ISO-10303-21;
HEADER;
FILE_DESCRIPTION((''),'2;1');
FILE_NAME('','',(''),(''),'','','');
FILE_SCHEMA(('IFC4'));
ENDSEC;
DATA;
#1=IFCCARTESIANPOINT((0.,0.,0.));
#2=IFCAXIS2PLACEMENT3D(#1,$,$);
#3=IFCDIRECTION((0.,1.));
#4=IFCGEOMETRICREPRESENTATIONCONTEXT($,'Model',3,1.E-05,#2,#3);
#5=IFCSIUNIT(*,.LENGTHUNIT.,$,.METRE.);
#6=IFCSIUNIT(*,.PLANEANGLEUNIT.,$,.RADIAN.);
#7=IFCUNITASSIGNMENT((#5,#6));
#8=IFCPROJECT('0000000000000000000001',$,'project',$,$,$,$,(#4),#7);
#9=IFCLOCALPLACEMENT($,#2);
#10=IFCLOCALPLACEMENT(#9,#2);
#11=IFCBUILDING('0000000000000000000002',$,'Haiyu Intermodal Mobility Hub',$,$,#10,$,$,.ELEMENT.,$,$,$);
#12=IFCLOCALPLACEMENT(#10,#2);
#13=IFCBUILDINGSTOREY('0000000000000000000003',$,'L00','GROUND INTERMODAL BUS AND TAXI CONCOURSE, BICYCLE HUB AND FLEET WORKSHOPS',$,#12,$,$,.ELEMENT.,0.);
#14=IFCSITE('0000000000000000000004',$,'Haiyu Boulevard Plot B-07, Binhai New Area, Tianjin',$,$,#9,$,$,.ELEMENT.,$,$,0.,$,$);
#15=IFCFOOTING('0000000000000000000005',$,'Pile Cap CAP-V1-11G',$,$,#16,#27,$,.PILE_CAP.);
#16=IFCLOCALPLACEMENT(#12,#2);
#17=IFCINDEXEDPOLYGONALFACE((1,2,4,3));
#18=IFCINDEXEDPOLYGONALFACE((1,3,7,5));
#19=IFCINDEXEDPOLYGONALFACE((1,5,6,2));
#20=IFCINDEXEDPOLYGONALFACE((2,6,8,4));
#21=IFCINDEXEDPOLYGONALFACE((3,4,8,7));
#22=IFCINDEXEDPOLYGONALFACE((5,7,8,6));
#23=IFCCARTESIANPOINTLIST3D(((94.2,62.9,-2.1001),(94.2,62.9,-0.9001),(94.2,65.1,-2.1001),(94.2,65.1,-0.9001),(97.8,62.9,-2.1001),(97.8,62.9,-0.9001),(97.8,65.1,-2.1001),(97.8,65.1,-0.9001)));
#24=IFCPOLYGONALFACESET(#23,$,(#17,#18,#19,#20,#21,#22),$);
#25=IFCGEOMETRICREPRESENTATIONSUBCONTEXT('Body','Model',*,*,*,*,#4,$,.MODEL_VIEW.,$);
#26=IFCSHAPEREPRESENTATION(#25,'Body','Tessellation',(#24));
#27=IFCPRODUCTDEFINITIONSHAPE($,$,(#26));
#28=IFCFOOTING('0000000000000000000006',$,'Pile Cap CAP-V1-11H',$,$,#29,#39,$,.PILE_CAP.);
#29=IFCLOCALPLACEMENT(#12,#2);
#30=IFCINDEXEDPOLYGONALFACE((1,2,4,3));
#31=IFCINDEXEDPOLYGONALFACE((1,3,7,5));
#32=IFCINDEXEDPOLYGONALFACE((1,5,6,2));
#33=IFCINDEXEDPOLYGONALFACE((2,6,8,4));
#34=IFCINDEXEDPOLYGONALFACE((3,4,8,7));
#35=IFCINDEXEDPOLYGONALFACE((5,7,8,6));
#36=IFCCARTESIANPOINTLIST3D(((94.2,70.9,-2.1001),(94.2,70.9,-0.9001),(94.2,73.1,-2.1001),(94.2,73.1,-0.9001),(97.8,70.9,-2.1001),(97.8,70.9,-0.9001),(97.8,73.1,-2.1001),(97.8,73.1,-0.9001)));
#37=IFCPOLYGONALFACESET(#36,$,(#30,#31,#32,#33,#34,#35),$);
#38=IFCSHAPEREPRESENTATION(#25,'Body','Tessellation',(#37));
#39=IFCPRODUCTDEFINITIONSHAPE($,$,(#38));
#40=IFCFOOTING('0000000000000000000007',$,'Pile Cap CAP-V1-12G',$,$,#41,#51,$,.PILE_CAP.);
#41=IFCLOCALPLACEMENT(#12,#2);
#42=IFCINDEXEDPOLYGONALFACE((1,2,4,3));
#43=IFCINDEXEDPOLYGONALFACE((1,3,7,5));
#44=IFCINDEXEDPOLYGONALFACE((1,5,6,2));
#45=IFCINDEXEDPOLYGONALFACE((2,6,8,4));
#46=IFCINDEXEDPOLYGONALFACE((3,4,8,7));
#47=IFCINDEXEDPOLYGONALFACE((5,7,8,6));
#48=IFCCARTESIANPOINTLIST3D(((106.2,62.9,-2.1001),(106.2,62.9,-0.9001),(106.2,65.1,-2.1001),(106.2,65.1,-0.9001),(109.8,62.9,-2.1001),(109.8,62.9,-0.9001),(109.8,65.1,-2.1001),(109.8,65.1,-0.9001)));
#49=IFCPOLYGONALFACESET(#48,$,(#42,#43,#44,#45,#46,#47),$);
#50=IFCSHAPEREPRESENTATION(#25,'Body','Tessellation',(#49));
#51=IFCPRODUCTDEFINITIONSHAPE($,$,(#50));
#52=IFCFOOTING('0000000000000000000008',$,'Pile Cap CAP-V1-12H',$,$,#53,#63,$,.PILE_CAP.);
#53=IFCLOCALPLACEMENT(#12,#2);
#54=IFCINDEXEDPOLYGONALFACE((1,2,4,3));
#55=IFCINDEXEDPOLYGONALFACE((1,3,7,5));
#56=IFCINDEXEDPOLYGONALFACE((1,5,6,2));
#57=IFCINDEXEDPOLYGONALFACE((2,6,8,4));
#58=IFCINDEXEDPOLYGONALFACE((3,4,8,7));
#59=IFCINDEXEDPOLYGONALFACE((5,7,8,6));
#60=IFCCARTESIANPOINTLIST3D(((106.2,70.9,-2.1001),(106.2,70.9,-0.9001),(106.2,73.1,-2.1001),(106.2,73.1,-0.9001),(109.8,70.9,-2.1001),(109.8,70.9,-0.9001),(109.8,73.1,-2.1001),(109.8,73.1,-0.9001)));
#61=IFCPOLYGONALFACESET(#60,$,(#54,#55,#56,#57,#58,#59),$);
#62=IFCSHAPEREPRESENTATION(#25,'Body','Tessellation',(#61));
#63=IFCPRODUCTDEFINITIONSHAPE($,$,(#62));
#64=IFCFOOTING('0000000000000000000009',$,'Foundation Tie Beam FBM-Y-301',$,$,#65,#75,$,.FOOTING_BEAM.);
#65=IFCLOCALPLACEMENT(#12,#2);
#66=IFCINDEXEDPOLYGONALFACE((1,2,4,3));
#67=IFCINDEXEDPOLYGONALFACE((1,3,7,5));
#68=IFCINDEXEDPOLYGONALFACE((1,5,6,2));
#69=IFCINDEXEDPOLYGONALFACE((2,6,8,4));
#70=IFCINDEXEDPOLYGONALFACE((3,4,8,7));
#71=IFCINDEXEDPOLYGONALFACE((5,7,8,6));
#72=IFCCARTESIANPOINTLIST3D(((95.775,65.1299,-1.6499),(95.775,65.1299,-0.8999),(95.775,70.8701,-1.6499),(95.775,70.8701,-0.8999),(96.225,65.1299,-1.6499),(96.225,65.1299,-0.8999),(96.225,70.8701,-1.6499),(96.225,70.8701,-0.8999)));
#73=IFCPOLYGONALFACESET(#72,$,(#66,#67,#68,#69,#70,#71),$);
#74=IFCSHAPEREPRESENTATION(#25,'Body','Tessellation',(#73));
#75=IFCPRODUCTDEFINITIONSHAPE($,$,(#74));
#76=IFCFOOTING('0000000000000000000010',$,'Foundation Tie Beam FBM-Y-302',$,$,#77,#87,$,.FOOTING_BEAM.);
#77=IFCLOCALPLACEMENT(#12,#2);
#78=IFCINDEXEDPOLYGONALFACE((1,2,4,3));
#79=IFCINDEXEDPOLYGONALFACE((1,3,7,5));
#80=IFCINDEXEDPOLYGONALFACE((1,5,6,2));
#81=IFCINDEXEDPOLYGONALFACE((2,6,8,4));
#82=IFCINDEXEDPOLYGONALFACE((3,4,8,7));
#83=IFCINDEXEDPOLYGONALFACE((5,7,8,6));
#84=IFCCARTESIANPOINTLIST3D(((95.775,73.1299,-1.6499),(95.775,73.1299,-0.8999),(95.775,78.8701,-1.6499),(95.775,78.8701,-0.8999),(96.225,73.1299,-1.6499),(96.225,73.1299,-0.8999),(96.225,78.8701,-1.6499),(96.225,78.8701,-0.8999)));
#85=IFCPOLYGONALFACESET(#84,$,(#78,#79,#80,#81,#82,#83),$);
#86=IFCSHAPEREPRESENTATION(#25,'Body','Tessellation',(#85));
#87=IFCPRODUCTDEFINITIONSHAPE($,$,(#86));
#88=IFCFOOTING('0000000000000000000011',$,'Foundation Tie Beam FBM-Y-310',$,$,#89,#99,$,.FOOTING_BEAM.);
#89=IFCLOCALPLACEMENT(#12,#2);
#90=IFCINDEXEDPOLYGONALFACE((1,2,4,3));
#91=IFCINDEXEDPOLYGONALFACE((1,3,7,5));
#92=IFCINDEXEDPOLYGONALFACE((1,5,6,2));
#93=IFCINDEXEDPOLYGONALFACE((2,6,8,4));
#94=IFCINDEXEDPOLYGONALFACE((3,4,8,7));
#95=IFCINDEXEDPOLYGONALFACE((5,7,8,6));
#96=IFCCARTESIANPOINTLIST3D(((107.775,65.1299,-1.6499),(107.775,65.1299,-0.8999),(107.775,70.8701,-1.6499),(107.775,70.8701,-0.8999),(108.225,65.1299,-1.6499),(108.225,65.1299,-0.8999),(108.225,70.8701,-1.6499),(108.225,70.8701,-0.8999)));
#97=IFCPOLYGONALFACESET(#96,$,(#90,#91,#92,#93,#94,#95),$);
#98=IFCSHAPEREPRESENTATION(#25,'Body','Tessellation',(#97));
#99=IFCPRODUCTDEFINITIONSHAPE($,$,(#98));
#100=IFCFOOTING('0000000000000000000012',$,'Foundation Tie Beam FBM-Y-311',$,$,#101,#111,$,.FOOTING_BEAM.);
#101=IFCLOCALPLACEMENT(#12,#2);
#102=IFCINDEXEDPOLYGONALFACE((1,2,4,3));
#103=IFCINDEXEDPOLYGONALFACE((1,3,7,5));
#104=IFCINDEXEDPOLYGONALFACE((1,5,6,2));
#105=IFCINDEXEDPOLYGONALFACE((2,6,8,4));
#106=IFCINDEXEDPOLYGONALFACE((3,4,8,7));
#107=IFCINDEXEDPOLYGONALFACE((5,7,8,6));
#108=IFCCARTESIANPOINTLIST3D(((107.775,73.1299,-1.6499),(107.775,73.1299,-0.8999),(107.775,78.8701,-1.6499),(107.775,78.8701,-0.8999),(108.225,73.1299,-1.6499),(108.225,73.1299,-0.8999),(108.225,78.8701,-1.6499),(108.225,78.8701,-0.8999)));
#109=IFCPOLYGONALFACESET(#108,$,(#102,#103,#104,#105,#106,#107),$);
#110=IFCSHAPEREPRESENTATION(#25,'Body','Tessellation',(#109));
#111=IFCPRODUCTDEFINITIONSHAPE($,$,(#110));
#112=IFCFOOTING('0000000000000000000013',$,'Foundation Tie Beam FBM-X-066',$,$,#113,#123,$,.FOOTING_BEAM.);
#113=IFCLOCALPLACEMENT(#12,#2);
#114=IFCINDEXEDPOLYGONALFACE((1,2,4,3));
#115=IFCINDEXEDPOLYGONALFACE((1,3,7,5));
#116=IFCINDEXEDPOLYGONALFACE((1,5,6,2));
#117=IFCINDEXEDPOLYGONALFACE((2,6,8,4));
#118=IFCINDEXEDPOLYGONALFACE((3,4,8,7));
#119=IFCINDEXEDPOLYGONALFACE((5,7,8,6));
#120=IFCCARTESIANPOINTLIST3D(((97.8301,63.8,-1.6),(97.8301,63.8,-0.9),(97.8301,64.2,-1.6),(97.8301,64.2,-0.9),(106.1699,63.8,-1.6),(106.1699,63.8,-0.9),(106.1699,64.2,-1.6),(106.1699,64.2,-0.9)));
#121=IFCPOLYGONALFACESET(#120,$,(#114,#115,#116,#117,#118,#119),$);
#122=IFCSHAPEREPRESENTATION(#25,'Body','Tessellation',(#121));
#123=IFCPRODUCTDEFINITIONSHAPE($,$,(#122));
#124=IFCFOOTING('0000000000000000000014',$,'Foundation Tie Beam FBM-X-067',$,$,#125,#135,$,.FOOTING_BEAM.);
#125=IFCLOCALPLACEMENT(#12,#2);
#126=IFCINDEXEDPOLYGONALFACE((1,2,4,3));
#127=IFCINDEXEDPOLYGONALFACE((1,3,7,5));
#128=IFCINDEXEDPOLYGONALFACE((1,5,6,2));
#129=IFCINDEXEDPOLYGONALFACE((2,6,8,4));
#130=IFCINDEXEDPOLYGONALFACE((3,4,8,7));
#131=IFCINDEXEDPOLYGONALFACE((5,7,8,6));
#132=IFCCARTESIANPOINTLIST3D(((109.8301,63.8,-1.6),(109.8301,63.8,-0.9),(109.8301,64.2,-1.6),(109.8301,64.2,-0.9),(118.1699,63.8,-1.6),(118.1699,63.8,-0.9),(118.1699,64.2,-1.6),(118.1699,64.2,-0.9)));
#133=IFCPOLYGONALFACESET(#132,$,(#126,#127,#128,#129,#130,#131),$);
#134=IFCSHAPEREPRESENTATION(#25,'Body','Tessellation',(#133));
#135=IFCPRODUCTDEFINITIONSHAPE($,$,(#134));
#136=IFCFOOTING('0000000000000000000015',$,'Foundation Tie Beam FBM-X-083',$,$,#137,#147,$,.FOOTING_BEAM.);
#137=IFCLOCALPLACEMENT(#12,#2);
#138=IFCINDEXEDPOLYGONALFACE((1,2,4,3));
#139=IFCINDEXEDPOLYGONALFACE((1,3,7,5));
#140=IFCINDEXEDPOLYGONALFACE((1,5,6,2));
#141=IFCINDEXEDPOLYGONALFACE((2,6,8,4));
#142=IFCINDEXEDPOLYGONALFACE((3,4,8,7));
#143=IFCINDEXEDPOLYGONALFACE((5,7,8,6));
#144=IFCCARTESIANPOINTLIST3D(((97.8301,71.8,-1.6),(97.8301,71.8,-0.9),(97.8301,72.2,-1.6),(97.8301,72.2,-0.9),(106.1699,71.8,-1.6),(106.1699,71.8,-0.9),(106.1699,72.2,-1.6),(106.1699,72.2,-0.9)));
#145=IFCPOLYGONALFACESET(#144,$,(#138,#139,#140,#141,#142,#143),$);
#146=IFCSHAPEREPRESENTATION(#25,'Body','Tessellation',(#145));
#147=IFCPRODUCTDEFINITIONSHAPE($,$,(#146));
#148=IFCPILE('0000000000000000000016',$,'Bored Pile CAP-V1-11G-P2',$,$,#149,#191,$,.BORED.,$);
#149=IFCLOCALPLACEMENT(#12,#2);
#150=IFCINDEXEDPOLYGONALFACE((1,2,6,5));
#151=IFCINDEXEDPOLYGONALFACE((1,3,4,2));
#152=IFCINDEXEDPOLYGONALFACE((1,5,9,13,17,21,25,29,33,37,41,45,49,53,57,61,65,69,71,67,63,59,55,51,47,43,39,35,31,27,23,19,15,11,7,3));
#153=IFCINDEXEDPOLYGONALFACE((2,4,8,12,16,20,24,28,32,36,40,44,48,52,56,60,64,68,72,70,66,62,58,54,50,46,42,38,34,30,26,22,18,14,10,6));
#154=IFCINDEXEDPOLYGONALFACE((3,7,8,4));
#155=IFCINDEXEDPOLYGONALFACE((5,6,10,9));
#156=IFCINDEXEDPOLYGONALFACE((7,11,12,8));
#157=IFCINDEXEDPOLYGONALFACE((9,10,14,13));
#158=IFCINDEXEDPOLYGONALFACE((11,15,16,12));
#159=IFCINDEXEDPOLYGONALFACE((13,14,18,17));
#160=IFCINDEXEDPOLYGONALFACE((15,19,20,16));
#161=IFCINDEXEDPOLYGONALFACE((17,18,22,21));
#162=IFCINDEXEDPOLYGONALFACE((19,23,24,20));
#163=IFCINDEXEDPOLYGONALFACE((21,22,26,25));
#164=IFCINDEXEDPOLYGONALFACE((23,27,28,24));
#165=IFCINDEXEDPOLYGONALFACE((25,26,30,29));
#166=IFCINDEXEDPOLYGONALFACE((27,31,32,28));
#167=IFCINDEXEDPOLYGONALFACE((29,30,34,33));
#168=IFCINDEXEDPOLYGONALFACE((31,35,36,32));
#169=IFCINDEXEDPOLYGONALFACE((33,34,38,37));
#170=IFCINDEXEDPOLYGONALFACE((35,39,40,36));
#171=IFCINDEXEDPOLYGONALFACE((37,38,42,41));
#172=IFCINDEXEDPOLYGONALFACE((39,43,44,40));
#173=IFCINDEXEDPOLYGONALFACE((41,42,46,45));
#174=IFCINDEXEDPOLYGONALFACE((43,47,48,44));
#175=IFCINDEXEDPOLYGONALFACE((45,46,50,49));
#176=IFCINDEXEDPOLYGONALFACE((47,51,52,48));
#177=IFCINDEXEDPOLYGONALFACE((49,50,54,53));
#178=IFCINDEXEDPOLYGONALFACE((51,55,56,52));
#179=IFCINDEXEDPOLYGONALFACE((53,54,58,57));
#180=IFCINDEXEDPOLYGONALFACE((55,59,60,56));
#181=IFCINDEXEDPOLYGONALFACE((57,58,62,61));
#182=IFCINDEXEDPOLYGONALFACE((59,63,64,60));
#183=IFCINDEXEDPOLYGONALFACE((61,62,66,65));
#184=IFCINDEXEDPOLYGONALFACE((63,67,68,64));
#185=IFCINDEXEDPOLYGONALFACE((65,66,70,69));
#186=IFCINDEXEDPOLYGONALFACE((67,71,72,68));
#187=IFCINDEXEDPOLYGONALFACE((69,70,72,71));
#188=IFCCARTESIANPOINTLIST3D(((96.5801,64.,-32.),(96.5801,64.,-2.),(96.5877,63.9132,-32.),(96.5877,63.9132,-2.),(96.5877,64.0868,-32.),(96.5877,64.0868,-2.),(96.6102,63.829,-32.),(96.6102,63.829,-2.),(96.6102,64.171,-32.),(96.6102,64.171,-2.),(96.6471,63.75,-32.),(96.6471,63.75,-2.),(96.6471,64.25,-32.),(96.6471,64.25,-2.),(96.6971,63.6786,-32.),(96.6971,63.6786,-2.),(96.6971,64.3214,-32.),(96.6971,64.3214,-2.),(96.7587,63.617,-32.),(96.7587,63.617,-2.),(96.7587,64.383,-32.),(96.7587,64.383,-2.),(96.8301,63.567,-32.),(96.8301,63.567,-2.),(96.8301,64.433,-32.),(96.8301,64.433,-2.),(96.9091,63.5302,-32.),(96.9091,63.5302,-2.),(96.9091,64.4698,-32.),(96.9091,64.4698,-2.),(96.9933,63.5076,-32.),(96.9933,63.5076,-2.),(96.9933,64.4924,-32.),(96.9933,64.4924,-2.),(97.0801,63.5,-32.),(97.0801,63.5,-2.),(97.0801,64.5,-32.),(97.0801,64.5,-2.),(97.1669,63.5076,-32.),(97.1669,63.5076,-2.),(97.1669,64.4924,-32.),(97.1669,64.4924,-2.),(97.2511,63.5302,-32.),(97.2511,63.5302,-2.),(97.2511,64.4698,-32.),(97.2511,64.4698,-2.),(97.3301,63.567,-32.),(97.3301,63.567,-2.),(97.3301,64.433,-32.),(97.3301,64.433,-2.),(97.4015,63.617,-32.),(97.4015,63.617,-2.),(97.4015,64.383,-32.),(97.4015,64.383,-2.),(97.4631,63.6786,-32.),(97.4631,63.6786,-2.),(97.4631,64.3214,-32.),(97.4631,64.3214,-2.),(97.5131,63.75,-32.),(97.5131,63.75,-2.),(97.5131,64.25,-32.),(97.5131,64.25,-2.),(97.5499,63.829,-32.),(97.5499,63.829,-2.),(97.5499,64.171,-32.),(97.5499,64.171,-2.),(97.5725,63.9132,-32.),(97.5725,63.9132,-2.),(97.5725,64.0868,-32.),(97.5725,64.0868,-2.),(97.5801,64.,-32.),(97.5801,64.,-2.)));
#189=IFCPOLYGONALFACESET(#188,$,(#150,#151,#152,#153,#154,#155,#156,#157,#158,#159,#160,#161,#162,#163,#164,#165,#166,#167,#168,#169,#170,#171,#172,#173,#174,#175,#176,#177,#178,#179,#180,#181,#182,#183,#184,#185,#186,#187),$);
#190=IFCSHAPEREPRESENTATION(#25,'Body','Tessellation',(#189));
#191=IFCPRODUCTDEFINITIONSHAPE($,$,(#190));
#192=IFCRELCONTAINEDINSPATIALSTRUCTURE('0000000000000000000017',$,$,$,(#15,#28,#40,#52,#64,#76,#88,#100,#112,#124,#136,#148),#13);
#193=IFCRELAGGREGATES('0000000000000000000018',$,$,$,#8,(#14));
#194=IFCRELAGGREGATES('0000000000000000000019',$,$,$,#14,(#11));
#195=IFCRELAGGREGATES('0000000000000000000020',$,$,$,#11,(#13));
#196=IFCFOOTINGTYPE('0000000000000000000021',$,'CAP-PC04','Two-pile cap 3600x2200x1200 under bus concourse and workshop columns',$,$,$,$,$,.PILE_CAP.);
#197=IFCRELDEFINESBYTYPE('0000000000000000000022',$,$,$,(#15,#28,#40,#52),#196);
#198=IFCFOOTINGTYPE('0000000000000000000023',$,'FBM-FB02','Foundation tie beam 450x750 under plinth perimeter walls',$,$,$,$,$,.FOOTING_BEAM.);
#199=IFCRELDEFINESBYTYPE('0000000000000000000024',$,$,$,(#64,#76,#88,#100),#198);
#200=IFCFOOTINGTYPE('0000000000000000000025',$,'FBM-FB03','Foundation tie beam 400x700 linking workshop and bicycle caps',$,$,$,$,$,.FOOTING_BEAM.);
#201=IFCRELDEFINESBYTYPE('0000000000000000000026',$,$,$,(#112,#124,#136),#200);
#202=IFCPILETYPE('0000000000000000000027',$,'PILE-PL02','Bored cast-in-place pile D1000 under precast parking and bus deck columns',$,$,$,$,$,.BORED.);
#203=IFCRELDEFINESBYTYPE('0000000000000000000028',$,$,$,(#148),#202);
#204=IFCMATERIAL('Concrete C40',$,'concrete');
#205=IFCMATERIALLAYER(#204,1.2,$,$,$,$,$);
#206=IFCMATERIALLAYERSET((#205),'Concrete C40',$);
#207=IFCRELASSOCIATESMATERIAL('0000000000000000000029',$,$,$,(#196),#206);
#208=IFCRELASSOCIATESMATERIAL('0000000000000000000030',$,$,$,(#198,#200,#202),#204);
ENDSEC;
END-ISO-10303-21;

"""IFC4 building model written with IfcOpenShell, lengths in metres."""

from ifc_helpers import new_model, si_unit, direction, frame, origin, origin_2d, place, context, subcontext, project, spatial, rectangle, circle, extrude, material, layer, layer_set, material_profile, profile_set, type_object, element, save


model = new_model("IFC4")

# Units and contexts
model_context = context("Model", 3, precision=1e-05, world=origin(), true_north=direction((0.0, 1.0)))
body_context = subcontext(model_context, "Body", "Model", "MODEL_VIEW")
ifc_project = project(units=[si_unit("LENGTHUNIT", "METRE"), si_unit("PLANEANGLEUNIT", "RADIAN")], contexts=[model_context])

# Site, building, storey
site_placement = place(None, origin())
site = spatial("IfcSite", under=ifc_project, at=site_placement, Name="Haiyu Boulevard Plot B-07, Binhai New Area, Tianjin", CompositionType="ELEMENT", RefElevation=0.0)
building_placement = place(site_placement, origin())
building = spatial("IfcBuilding", under=site, at=building_placement, Name="Haiyu Intermodal Mobility Hub", CompositionType="ELEMENT")
storey_placement = place(building_placement, origin())
storey = spatial("IfcBuildingStorey", under=building, at=storey_placement, Name="L00", Description="GROUND INTERMODAL BUS AND TAXI CONCOURSE, BICYCLE HUB AND FLEET WORKSHOPS", CompositionType="ELEMENT", Elevation=0.0)

# Footings
ifc_material_1 = material(Name="Concrete C40", Category="concrete")
ifc_layer_1 = layer(ifc_material_1, 1.2)
ifc_layer_set_1 = layer_set([ifc_layer_1], Name="Concrete C40")
footing_type_1 = type_object("IfcFootingType", Name="CAP-PC04", Description="Two-pile cap 3600x2200x1200 under bus concourse and workshop columns", PredefinedType="PILE_CAP", material=ifc_layer_set_1)
for number, where, z_axis, x_axis, name in (
    (1, (96.0, 64.0, -2.1001), (0.0, 0.0, 1.0), (1.0, 0.0, 0.0), "Pile Cap CAP-V1-11G"),
    (2, (96.0, 72.0, -2.1001), (0.0, 0.0, 1.0), (1.0, 0.0, 0.0), "Pile Cap CAP-V1-11H"),
    (3, (108.0, 64.0, -2.1001), (0.0, 0.0, 1.0), (1.0, 0.0, 0.0), "Pile Cap CAP-V1-12G"),
    (4, (108.0, 72.0, -2.1001), (0.0, 0.0, 1.0), (1.0, 0.0, 0.0), "Pile Cap CAP-V1-12H"),
):
    element("IfcFooting", number, at=place(storey_placement, frame(where, z_axis=z_axis, x_axis=x_axis)), inside=storey, type_object=footing_type_1, Name=name, PredefinedType="PILE_CAP", context=body_context, shape_type="SweptSolid", body=[
        extrude(rectangle(XDim=3.6001, YDim=2.2, at=origin_2d()), origin(), (0.0, 0.0, 1.0), 1.2),
    ])
ifc_material_profile_1 = material_profile(ifc_material_1, rectangle(XDim=0.45, YDim=0.75, at=origin_2d()), Name="FB450x750")
ifc_profile_set_1 = profile_set([ifc_material_profile_1], Name="Concrete C40")
footing_type_2 = type_object("IfcFootingType", Name="FBM-FB02", Description="Foundation tie beam 450x750 under plinth perimeter walls", PredefinedType="FOOTING_BEAM", material=ifc_profile_set_1)
for number, where, z_axis, x_axis, name in (
    (5, (96.0, 65.1299, -1.2749), (0.0, 1.0, 0.0), (-1.0, 0.0, 0.0), "Foundation Tie Beam FBM-Y-301"),
    (6, (96.0, 73.1299, -1.2749), (0.0, 1.0, 0.0), (-1.0, 0.0, 0.0), "Foundation Tie Beam FBM-Y-302"),
    (7, (108.0, 65.1299, -1.2749), (0.0, 1.0, 0.0), (-1.0, 0.0, 0.0), "Foundation Tie Beam FBM-Y-310"),
    (8, (108.0, 73.1299, -1.2749), (0.0, 1.0, 0.0), (-1.0, 0.0, 0.0), "Foundation Tie Beam FBM-Y-311"),
):
    element("IfcFooting", number, at=place(storey_placement, frame(where, z_axis=z_axis, x_axis=x_axis)), inside=storey, type_object=footing_type_2, Name=name, PredefinedType="FOOTING_BEAM", context=body_context, shape_type="SweptSolid", body=[
        extrude(rectangle(XDim=0.45, YDim=0.75, at=origin_2d()), origin(), (0.0, 0.0, 1.0), 5.7402),
    ])
ifc_material_profile_2 = material_profile(ifc_material_1, rectangle(XDim=0.3999, YDim=0.7, at=origin_2d()), Name="FB400x700")
ifc_profile_set_2 = profile_set([ifc_material_profile_2], Name="Concrete C40")
footing_type_3 = type_object("IfcFootingType", Name="FBM-FB03", Description="Foundation tie beam 400x700 linking workshop and bicycle caps", PredefinedType="FOOTING_BEAM", material=ifc_profile_set_2)
for number, where, z_axis, x_axis, name in (
    (9, (97.8301, 64.0, -1.25), (1.0, 0.0, 0.0), (0.0, 1.0, 0.0), "Foundation Tie Beam FBM-X-066"),
    (10, (109.8301, 64.0, -1.25), (1.0, 0.0, 0.0), (0.0, 1.0, 0.0), "Foundation Tie Beam FBM-X-067"),
    (11, (97.8301, 72.0, -1.25), (1.0, 0.0, 0.0), (0.0, 1.0, 0.0), "Foundation Tie Beam FBM-X-083"),
):
    element("IfcFooting", number, at=place(storey_placement, frame(where, z_axis=z_axis, x_axis=x_axis)), inside=storey, type_object=footing_type_3, Name=name, PredefinedType="FOOTING_BEAM", context=body_context, shape_type="SweptSolid", body=[
        extrude(rectangle(XDim=0.3999, YDim=0.7, at=origin_2d()), origin(), (0.0, 0.0, 1.0), 8.3398),
    ])

# Pile
ifc_material_profile_3 = material_profile(ifc_material_1, circle(Radius=0.5, at=origin_2d()), Name="PILE-D1000")
ifc_profile_set_3 = profile_set([ifc_material_profile_3], Name="Concrete C40")
pile_type = type_object("IfcPileType", Name="PILE-PL02", Description="Bored cast-in-place pile D1000 under precast parking and bus deck columns", PredefinedType="BORED", material=ifc_profile_set_3)
for number, where, z_axis, x_axis, name in (
    (12, (97.0801, 64.0, -2.0), (0.0, 0.0, -1.0), (1.0, 0.0, 0.0), "Bored Pile CAP-V1-11G-P2"),
):
    element("IfcPile", number, at=place(storey_placement, frame(where, z_axis=z_axis, x_axis=x_axis)), inside=storey, type_object=pile_type, Name=name, PredefinedType="BORED", context=body_context, shape_type="SweptSolid", body=[
        extrude(circle(Radius=0.5, at=origin_2d()), origin(), (0.0, 0.0, 1.0), 30.0),
    ])

save(model, "model.ifc")
